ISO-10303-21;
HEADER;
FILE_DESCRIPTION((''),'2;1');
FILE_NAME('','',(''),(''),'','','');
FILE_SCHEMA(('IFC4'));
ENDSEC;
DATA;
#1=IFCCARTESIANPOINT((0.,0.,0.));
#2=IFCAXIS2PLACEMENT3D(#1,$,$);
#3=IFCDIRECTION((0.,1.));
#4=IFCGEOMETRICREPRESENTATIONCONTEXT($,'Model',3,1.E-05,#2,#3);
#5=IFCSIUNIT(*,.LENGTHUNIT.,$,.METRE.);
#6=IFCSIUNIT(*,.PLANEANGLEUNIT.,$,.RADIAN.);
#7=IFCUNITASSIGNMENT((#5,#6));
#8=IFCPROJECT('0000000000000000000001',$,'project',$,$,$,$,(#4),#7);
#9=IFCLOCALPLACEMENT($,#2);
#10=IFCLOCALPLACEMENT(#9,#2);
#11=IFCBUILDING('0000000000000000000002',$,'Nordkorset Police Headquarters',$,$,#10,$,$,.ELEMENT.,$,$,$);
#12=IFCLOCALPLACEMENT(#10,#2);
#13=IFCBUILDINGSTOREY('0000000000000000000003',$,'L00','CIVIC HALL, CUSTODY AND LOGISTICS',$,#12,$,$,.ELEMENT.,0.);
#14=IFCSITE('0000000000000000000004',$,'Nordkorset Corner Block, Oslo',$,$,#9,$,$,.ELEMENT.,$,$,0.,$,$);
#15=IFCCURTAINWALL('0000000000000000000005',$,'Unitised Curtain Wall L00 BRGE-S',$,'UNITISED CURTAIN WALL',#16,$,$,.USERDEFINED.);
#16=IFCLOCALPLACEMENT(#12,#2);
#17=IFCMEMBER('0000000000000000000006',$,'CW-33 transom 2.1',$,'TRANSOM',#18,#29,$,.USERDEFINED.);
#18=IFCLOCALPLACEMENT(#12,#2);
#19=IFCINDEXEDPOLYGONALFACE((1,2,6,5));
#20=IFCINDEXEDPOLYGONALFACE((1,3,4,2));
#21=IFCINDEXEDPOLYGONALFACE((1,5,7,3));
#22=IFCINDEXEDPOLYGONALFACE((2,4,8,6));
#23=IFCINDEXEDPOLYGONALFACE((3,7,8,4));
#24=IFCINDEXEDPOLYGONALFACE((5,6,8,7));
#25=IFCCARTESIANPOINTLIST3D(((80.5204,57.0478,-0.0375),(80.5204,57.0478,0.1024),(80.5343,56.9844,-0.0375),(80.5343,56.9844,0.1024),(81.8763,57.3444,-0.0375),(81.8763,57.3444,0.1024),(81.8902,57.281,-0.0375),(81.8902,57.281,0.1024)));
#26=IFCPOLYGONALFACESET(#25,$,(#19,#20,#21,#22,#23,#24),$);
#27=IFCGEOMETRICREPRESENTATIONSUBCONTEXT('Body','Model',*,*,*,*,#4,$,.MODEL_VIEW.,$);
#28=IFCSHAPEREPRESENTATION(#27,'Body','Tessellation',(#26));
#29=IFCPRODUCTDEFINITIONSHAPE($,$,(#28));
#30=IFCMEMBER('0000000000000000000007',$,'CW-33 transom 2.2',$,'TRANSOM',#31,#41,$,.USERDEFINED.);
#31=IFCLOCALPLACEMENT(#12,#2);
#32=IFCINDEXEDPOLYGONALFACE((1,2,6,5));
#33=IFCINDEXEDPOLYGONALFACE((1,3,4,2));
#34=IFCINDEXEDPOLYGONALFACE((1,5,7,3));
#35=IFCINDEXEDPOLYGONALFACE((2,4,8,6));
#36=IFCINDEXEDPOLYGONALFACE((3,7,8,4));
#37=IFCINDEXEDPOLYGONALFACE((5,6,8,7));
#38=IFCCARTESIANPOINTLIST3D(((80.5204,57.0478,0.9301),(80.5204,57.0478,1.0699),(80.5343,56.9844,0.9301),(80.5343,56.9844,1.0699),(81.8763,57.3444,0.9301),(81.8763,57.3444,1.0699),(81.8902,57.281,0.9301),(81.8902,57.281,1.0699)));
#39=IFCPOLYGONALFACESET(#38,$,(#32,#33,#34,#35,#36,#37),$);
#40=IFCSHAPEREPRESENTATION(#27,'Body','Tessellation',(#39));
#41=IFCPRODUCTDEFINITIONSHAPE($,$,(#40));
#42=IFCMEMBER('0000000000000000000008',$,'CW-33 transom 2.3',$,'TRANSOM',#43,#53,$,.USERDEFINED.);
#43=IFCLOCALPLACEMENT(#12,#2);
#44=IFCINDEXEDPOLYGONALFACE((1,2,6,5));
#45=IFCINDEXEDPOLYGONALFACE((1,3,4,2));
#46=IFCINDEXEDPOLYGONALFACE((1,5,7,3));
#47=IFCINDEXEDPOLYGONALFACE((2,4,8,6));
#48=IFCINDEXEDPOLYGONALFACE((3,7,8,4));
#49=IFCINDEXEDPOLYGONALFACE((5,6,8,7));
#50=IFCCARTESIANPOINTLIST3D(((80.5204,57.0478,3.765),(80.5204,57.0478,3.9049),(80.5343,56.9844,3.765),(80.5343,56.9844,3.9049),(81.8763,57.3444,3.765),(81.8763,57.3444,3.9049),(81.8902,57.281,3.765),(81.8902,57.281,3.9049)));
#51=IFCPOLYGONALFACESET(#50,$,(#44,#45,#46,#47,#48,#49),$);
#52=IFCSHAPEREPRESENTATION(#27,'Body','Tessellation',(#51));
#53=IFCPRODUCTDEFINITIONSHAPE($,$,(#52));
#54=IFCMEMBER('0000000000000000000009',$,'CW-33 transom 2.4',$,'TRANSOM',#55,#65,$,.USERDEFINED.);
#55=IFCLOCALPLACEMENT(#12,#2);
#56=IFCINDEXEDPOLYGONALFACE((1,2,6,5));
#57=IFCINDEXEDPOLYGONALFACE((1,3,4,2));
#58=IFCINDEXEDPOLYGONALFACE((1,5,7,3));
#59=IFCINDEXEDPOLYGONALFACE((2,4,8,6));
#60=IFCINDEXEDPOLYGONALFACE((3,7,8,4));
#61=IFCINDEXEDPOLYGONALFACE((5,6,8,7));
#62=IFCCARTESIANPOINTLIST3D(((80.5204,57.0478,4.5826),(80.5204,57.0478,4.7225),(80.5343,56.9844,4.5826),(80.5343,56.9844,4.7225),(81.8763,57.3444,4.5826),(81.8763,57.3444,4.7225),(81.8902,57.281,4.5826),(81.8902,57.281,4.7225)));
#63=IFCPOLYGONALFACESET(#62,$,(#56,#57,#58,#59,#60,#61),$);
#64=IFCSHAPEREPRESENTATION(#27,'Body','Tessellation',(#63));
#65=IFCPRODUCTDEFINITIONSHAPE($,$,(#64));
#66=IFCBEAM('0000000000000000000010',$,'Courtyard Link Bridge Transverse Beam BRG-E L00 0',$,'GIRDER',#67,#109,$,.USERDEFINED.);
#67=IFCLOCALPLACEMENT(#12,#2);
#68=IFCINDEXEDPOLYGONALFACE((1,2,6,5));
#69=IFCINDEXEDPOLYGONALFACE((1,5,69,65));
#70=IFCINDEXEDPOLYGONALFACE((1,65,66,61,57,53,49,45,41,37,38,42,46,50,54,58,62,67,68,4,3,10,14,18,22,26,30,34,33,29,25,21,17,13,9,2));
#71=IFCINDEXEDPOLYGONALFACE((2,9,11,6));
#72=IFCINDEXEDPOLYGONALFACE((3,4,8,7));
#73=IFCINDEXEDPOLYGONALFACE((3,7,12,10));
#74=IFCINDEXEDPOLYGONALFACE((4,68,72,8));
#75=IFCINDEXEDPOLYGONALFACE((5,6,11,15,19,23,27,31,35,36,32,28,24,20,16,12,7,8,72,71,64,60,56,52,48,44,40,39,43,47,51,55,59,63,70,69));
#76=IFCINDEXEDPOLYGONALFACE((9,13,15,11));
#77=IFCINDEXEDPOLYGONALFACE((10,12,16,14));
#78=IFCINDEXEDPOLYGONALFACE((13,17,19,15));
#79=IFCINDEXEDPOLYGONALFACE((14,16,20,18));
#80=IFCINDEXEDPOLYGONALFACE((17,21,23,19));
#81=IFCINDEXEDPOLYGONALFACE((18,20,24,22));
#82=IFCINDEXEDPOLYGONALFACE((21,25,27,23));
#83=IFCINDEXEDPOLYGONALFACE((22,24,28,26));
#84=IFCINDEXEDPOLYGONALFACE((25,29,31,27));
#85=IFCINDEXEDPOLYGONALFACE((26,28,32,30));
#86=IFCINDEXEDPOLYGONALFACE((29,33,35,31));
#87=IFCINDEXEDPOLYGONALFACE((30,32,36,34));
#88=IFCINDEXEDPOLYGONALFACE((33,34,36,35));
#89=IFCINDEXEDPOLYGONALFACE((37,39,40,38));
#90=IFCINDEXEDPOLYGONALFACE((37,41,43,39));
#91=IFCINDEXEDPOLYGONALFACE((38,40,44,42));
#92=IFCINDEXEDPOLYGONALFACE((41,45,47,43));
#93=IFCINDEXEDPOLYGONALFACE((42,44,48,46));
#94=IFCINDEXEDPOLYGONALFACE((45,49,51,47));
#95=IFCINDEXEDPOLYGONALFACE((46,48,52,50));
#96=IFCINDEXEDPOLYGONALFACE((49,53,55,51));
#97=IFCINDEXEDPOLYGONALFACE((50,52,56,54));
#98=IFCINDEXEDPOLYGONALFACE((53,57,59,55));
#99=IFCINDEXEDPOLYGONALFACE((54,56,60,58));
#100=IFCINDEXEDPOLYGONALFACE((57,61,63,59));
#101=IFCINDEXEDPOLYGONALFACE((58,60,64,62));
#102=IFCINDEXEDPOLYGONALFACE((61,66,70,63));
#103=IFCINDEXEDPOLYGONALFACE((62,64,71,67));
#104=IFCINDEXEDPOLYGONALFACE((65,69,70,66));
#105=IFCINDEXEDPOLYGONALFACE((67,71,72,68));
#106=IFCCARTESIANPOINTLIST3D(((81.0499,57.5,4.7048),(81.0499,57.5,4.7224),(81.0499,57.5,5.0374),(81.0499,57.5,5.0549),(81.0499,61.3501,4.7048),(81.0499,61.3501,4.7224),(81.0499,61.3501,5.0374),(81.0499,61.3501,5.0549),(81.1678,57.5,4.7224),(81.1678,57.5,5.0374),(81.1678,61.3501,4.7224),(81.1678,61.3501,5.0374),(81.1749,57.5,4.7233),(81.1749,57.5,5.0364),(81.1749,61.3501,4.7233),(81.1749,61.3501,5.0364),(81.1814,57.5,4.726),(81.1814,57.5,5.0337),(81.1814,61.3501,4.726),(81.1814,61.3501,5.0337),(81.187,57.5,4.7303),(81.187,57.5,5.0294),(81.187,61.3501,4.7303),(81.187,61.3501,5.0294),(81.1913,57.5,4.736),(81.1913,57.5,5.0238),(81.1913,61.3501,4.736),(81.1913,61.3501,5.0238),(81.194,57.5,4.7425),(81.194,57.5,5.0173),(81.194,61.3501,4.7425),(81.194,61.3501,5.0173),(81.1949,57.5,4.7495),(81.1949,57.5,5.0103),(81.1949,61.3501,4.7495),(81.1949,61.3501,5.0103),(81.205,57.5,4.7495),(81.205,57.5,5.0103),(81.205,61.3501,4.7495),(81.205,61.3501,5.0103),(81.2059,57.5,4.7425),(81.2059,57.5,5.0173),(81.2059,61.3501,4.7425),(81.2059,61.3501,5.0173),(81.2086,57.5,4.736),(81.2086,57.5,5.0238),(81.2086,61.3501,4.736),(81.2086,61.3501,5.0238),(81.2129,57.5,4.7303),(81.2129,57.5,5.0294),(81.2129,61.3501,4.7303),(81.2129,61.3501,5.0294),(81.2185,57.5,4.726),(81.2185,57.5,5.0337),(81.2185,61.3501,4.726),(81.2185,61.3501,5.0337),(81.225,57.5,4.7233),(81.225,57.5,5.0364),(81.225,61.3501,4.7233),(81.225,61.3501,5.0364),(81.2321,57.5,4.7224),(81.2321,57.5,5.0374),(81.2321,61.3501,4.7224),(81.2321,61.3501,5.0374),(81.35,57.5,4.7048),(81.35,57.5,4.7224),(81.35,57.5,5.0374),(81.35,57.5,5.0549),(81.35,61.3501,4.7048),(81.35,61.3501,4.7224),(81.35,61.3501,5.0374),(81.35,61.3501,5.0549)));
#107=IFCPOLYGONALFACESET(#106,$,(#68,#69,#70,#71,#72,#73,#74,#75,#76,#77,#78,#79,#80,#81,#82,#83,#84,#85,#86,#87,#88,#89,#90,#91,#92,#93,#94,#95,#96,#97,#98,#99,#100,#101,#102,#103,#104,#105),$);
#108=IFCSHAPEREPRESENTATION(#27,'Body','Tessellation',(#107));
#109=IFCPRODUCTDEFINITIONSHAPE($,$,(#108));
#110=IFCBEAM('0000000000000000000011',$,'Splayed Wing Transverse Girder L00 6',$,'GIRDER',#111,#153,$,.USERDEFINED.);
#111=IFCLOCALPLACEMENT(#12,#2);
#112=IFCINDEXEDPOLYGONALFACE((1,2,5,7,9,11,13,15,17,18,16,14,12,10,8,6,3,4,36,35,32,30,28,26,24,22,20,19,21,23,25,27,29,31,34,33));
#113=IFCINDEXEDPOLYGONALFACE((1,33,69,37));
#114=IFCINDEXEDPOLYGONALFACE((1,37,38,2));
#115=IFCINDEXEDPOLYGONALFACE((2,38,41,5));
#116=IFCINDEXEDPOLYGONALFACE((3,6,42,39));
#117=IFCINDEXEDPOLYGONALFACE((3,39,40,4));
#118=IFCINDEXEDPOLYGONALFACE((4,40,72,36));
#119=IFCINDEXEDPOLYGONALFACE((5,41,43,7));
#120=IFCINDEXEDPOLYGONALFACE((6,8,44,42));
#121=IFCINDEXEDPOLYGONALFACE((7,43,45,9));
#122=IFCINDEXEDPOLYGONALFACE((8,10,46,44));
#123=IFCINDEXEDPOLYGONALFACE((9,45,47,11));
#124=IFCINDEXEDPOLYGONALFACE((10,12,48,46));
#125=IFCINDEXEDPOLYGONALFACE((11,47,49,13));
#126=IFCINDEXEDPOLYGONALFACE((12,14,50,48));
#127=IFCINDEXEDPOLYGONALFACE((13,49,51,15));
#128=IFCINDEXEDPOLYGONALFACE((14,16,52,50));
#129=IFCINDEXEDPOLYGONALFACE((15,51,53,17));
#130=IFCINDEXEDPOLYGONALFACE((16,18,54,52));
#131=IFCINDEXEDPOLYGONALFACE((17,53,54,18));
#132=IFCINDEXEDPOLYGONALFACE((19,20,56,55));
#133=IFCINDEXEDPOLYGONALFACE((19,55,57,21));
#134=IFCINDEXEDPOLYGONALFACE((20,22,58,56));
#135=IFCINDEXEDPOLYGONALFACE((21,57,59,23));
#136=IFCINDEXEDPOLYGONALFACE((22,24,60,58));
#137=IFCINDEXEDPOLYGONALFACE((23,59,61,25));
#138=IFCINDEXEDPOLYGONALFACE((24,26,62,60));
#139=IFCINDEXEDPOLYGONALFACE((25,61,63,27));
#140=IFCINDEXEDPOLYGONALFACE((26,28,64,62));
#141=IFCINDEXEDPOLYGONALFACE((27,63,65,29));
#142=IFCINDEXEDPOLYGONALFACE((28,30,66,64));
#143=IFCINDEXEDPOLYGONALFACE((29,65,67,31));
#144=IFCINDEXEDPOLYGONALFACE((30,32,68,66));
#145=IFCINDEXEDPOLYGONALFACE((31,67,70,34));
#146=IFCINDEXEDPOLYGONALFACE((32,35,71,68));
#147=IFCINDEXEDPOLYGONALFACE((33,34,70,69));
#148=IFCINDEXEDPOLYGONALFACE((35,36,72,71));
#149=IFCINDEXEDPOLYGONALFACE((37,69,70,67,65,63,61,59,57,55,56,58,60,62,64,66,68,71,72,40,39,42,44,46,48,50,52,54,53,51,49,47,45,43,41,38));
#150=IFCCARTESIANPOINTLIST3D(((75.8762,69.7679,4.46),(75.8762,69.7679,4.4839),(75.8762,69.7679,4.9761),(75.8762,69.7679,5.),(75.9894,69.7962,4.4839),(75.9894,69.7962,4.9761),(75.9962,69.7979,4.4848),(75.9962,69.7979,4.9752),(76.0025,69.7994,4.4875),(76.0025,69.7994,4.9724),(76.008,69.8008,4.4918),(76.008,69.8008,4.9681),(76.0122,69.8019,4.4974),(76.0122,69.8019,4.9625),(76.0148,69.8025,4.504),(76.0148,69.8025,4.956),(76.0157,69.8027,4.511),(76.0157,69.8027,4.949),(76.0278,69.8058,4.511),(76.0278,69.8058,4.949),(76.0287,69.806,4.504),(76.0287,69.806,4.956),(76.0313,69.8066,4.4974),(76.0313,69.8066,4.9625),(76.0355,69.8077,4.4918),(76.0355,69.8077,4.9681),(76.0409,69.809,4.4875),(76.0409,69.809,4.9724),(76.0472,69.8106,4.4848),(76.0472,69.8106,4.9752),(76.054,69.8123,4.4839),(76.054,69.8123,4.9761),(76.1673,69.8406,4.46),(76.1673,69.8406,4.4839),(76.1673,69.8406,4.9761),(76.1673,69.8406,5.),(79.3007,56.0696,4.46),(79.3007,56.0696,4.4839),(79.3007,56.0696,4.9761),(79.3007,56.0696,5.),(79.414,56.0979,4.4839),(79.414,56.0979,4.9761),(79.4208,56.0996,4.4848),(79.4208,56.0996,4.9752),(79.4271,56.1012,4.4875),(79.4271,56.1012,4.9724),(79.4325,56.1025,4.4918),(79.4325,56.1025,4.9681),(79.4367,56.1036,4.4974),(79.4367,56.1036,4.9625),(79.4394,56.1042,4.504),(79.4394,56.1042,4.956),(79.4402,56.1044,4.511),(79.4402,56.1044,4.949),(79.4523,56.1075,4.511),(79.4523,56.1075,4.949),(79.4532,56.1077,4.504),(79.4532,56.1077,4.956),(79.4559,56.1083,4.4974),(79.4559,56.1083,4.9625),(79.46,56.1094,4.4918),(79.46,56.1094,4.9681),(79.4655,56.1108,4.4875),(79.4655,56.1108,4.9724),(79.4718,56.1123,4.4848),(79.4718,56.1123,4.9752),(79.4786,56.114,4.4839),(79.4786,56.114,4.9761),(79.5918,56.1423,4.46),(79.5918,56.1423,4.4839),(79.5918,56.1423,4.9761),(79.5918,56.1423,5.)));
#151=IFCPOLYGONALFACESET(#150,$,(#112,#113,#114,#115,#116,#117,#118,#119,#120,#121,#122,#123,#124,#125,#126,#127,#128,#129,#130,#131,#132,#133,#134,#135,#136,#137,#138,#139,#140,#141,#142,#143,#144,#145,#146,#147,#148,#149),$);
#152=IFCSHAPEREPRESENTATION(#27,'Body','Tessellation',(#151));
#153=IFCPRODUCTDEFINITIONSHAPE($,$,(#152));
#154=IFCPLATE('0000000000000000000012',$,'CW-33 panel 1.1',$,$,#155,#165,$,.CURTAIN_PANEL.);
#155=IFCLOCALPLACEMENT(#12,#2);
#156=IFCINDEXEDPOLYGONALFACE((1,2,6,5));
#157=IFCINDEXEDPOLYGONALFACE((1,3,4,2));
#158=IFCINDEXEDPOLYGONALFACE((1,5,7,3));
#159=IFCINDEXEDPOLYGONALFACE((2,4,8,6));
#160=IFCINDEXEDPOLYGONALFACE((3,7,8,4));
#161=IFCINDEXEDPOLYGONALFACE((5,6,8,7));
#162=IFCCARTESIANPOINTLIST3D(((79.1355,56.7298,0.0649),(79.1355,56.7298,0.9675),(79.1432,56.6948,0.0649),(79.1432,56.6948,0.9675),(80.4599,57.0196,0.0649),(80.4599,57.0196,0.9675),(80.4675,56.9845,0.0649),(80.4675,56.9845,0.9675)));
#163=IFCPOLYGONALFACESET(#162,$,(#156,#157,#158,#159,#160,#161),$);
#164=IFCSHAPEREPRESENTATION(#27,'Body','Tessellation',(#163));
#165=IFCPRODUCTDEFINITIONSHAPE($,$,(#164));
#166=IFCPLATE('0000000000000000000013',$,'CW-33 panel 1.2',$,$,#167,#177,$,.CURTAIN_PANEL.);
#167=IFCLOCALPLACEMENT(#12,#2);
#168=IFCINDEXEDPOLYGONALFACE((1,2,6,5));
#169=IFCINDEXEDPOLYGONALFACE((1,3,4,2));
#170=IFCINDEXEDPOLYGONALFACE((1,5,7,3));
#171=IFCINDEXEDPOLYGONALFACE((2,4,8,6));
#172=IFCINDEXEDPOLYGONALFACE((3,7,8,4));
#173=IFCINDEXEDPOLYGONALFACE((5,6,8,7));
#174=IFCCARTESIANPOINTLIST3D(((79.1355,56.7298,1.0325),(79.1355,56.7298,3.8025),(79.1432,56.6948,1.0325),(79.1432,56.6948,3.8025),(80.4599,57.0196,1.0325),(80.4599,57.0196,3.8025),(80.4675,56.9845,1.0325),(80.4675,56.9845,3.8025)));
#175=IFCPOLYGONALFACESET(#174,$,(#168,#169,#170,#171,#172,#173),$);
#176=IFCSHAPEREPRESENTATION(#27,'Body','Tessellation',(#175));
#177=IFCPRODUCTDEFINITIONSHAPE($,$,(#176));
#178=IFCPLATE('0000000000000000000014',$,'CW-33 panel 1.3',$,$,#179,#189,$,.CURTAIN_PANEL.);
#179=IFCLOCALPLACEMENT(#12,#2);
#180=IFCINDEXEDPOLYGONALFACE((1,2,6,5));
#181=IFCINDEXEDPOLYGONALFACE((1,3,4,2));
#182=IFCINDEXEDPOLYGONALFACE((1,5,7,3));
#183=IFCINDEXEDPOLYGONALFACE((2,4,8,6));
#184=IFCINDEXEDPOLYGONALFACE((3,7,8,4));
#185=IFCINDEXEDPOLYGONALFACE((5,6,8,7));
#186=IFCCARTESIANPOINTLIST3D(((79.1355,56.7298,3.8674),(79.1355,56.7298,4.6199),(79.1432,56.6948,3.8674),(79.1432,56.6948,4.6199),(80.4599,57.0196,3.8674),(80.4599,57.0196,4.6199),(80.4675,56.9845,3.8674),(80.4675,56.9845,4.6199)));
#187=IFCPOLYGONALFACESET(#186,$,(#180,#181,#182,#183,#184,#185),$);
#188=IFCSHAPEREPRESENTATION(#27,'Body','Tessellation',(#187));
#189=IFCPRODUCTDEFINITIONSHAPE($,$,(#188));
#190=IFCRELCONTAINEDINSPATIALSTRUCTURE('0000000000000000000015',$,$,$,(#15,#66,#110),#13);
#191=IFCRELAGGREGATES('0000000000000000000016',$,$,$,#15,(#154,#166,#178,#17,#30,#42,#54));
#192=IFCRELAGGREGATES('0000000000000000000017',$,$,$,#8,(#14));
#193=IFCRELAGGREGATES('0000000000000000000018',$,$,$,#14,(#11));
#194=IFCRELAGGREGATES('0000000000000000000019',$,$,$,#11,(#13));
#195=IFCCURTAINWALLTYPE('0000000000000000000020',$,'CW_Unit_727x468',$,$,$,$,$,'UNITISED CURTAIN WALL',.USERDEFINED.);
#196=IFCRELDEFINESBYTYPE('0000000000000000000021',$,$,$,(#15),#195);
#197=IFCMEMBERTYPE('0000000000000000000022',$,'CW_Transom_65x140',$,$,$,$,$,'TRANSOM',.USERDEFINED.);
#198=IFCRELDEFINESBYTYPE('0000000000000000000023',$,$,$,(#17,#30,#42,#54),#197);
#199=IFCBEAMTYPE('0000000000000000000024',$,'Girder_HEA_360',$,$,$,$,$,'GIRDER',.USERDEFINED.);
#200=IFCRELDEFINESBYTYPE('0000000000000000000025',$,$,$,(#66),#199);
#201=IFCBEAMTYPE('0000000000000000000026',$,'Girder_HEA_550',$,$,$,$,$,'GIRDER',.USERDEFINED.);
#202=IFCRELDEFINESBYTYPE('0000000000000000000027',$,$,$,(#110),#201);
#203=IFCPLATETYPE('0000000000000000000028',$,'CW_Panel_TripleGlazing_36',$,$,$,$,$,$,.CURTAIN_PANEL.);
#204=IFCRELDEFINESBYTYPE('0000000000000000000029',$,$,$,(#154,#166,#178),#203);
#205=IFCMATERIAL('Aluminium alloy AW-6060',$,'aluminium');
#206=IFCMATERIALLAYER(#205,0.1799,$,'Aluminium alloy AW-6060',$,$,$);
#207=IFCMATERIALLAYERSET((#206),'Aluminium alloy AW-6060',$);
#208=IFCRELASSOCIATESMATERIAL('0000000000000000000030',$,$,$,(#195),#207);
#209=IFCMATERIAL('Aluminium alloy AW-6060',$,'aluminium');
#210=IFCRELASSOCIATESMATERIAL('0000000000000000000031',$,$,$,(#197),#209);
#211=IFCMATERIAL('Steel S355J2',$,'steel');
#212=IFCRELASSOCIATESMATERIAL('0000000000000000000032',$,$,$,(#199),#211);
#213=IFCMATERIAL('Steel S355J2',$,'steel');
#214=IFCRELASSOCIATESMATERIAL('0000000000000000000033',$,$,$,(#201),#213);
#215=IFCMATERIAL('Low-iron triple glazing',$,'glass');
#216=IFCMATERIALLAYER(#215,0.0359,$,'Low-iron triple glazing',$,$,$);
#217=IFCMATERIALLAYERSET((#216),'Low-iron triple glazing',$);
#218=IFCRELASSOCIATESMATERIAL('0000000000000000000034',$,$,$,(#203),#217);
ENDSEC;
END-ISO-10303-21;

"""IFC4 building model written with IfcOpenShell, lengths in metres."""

from ifc_helpers import new_model, si_unit, direction, frame, origin, origin_2d, place, context, subcontext, project, spatial, rectangle, i_section, extrude, material, layer, layer_set, material_profile, profile_set, type_object, element, aggregate, save


model = new_model("IFC4")

# Units and contexts
model_context = context("Model", 3, precision=1e-05, world=origin(), true_north=direction((0.0, 1.0)))
body_context = subcontext(model_context, "Body", "Model", "MODEL_VIEW")
ifc_project = project(units=[si_unit("LENGTHUNIT", "METRE"), si_unit("PLANEANGLEUNIT", "RADIAN")], contexts=[model_context])

# Site, building, storey
site_placement = place(None, origin())
site = spatial("IfcSite", under=ifc_project, at=site_placement, Name="Nordkorset Corner Block, Oslo", CompositionType="ELEMENT", RefElevation=0.0)
building_placement = place(site_placement, origin())
building = spatial("IfcBuilding", under=site, at=building_placement, Name="Nordkorset Police Headquarters", CompositionType="ELEMENT")
storey_placement = place(building_placement, origin())
storey = spatial("IfcBuildingStorey", under=building, at=storey_placement, Name="L00", Description="CIVIC HALL, CUSTODY AND LOGISTICS", CompositionType="ELEMENT", Elevation=0.0)

# Curtain wall, members
ifc_material_1 = material(Name="Aluminium alloy AW-6060", Category="aluminium")
ifc_layer_1 = layer(ifc_material_1, 0.1799, Name="Aluminium alloy AW-6060")
ifc_layer_set_1 = layer_set([ifc_layer_1], Name="Aluminium alloy AW-6060")
curtain_wall_type_1 = type_object("IfcCurtainWallType", Name="CW_Unit_727x468", ElementType="UNITISED CURTAIN WALL", PredefinedType="USERDEFINED", material=ifc_layer_set_1)
curtain_wall_1_placement = place(storey_placement, origin())
curtain_wall_1 = element("IfcCurtainWall", 1, at=curtain_wall_1_placement, inside=storey, type_object=curtain_wall_type_1, Name="Unitised Curtain Wall L00 BRGE-S", ObjectType="UNITISED CURTAIN WALL", PredefinedType="USERDEFINED")
ifc_material_2 = material(Name="Aluminium alloy AW-6060", Category="aluminium")
ifc_material_profile_1 = material_profile(ifc_material_2, rectangle(XDim=0.0649, YDim=0.1399, at=origin_2d()), Name="ALU TRAN 65x140")
ifc_profile_set_1 = profile_set([ifc_material_profile_1], Name="Aluminium alloy AW-6060")
member_type_1 = type_object("IfcMemberType", Name="CW_Transom_65x140", ElementType="TRANSOM", PredefinedType="USERDEFINED", material=ifc_profile_set_1)
member_1_placement = place(storey_placement, frame((80.5273, 57.0161, 0.0325), z_axis=(0.976898, 0.213707, 0.0), x_axis=(-0.213707, 0.976898, 0.0)))
member_1 = element("IfcMember", 2, at=member_1_placement, type_object=member_type_1, Name="CW-33 transom 2.1", ObjectType="TRANSOM", PredefinedType="USERDEFINED", context=body_context, shape_type="SweptSolid", body=[
    extrude(rectangle(XDim=0.0649, YDim=0.1399, at=origin_2d()), origin(), (0.0, 0.0, 1.0), 1.3879),
])
member_2_placement = place(storey_placement, frame((80.5273, 57.0161, 1.0), z_axis=(0.976898, 0.213707, 0.0), x_axis=(-0.213707, 0.976898, 0.0)))
member_2 = element("IfcMember", 3, at=member_2_placement, type_object=member_type_1, Name="CW-33 transom 2.2", ObjectType="TRANSOM", PredefinedType="USERDEFINED", context=body_context, shape_type="SweptSolid", body=[
    extrude(rectangle(XDim=0.0649, YDim=0.1399, at=origin_2d()), origin(), (0.0, 0.0, 1.0), 1.3879),
])
member_3_placement = place(storey_placement, frame((80.5273, 57.0161, 3.835), z_axis=(0.976898, 0.213707, 0.0), x_axis=(-0.213707, 0.976898, 0.0)))
member_3 = element("IfcMember", 4, at=member_3_placement, type_object=member_type_1, Name="CW-33 transom 2.3", ObjectType="TRANSOM", PredefinedType="USERDEFINED", context=body_context, shape_type="SweptSolid", body=[
    extrude(rectangle(XDim=0.0649, YDim=0.1399, at=origin_2d()), origin(), (0.0, 0.0, 1.0), 1.3879),
])
member_4_placement = place(storey_placement, frame((80.5273, 57.0161, 4.6526), z_axis=(0.976898, 0.213707, 0.0), x_axis=(-0.213707, 0.976898, 0.0)))
member_4 = element("IfcMember", 5, at=member_4_placement, type_object=member_type_1, Name="CW-33 transom 2.4", ObjectType="TRANSOM", PredefinedType="USERDEFINED", context=body_context, shape_type="SweptSolid", body=[
    extrude(rectangle(XDim=0.0649, YDim=0.1399, at=origin_2d()), origin(), (0.0, 0.0, 1.0), 1.3879),
])

# Beams
ifc_material_3 = material(Name="Steel S355J2", Category="steel")
ifc_material_profile_2 = material_profile(ifc_material_3, i_section(OverallWidth=0.3, OverallDepth=0.3501, WebThickness=0.01, FlangeThickness=0.0176, FilletRadius=0.0271, at=origin_2d()), Name="HEA 360")
ifc_profile_set_2 = profile_set([ifc_material_profile_2], Name="Steel S355J2")
beam_type_1 = type_object("IfcBeamType", Name="Girder_HEA_360", ElementType="GIRDER", PredefinedType="USERDEFINED", material=ifc_profile_set_2)
beam_1_placement = place(storey_placement, frame((81.2, 57.5, 4.8799), z_axis=(0.0, 1.0, 0.0), x_axis=(-1.0, 0.0, 0.0)))
element("IfcBeam", 6, at=beam_1_placement, inside=storey, type_object=beam_type_1, Name="Courtyard Link Bridge Transverse Beam BRG-E L00 0", ObjectType="GIRDER", PredefinedType="USERDEFINED", context=body_context, shape_type="SweptSolid", body=[
    extrude(i_section(OverallWidth=0.3, OverallDepth=0.3501, WebThickness=0.01, FlangeThickness=0.0176, FilletRadius=0.0271, at=origin_2d()), origin(), (0.0, 0.0, 1.0), 3.8501),
])
ifc_material_4 = material(Name="Steel S355J2", Category="steel")
ifc_material_profile_3 = material_profile(ifc_material_4, i_section(OverallWidth=0.3, OverallDepth=0.54, WebThickness=0.0125, FlangeThickness=0.0239, FilletRadius=0.0271, at=origin_2d()), Name="HEA 550")
ifc_profile_set_3 = profile_set([ifc_material_profile_3], Name="Steel S355J2")
beam_type_2 = type_object("IfcBeamType", Name="Girder_HEA_550", ElementType="GIRDER", PredefinedType="USERDEFINED", material=ifc_profile_set_3)
beam_2_placement = place(storey_placement, frame((79.4463, 56.106, 4.73), z_axis=(-0.242536, 0.970143, 0.0), x_axis=(-0.970143, -0.242536, 0.0)))
element("IfcBeam", 7, at=beam_2_placement, inside=storey, type_object=beam_type_2, Name="Splayed Wing Transverse Girder L00 6", ObjectType="GIRDER", PredefinedType="USERDEFINED", context=body_context, shape_type="SweptSolid", body=[
    extrude(i_section(OverallWidth=0.3, OverallDepth=0.54, WebThickness=0.0125, FlangeThickness=0.0239, FilletRadius=0.0271, at=origin_2d()), origin(), (0.0, 0.0, 1.0), 14.1199),
])

# Plates
ifc_material_5 = material(Name="Low-iron triple glazing", Category="glass")
ifc_layer_2 = layer(ifc_material_5, 0.0359, Name="Low-iron triple glazing")
ifc_layer_set_2 = layer_set([ifc_layer_2], Name="Low-iron triple glazing")
plate_type_1 = type_object("IfcPlateType", Name="CW_Panel_TripleGlazing_36", PredefinedType="CURTAIN_PANEL", material=ifc_layer_set_2)
plate_1_placement = place(storey_placement, frame((79.8015, 56.8572, 0.0649), z_axis=(0.0, 0.0, 1.0), x_axis=(0.976891, 0.213737, 0.0)))
plate_1 = element("IfcPlate", 8, at=plate_1_placement, type_object=plate_type_1, Name="CW-33 panel 1.1", PredefinedType="CURTAIN_PANEL", context=body_context, shape_type="SweptSolid", body=[
    extrude(rectangle(XDim=1.3557, YDim=0.0359, at=origin_2d()), origin(), (0.0, 0.0, 1.0), 0.9026),
])
plate_2_placement = place(storey_placement, frame((79.8015, 56.8572, 1.0325), z_axis=(0.0, 0.0, 1.0), x_axis=(0.976891, 0.213737, 0.0)))
plate_2 = element("IfcPlate", 9, at=plate_2_placement, type_object=plate_type_1, Name="CW-33 panel 1.2", PredefinedType="CURTAIN_PANEL", context=body_context, shape_type="SweptSolid", body=[
    extrude(rectangle(XDim=1.3557, YDim=0.0359, at=origin_2d()), origin(), (0.0, 0.0, 1.0), 2.77),
])
plate_3_placement = place(storey_placement, frame((79.8015, 56.8572, 3.8674), z_axis=(0.0, 0.0, 1.0), x_axis=(0.976891, 0.213737, 0.0)))
plate_3 = element("IfcPlate", 10, at=plate_3_placement, type_object=plate_type_1, Name="CW-33 panel 1.3", PredefinedType="CURTAIN_PANEL", context=body_context, shape_type="SweptSolid", body=[
    extrude(rectangle(XDim=1.3557, YDim=0.0359, at=origin_2d()), origin(), (0.0, 0.0, 1.0), 0.7524),
])
aggregate(curtain_wall_1, [plate_1, plate_2, plate_3, member_1, member_2, member_3, member_4])

save(model, "model.ifc")
